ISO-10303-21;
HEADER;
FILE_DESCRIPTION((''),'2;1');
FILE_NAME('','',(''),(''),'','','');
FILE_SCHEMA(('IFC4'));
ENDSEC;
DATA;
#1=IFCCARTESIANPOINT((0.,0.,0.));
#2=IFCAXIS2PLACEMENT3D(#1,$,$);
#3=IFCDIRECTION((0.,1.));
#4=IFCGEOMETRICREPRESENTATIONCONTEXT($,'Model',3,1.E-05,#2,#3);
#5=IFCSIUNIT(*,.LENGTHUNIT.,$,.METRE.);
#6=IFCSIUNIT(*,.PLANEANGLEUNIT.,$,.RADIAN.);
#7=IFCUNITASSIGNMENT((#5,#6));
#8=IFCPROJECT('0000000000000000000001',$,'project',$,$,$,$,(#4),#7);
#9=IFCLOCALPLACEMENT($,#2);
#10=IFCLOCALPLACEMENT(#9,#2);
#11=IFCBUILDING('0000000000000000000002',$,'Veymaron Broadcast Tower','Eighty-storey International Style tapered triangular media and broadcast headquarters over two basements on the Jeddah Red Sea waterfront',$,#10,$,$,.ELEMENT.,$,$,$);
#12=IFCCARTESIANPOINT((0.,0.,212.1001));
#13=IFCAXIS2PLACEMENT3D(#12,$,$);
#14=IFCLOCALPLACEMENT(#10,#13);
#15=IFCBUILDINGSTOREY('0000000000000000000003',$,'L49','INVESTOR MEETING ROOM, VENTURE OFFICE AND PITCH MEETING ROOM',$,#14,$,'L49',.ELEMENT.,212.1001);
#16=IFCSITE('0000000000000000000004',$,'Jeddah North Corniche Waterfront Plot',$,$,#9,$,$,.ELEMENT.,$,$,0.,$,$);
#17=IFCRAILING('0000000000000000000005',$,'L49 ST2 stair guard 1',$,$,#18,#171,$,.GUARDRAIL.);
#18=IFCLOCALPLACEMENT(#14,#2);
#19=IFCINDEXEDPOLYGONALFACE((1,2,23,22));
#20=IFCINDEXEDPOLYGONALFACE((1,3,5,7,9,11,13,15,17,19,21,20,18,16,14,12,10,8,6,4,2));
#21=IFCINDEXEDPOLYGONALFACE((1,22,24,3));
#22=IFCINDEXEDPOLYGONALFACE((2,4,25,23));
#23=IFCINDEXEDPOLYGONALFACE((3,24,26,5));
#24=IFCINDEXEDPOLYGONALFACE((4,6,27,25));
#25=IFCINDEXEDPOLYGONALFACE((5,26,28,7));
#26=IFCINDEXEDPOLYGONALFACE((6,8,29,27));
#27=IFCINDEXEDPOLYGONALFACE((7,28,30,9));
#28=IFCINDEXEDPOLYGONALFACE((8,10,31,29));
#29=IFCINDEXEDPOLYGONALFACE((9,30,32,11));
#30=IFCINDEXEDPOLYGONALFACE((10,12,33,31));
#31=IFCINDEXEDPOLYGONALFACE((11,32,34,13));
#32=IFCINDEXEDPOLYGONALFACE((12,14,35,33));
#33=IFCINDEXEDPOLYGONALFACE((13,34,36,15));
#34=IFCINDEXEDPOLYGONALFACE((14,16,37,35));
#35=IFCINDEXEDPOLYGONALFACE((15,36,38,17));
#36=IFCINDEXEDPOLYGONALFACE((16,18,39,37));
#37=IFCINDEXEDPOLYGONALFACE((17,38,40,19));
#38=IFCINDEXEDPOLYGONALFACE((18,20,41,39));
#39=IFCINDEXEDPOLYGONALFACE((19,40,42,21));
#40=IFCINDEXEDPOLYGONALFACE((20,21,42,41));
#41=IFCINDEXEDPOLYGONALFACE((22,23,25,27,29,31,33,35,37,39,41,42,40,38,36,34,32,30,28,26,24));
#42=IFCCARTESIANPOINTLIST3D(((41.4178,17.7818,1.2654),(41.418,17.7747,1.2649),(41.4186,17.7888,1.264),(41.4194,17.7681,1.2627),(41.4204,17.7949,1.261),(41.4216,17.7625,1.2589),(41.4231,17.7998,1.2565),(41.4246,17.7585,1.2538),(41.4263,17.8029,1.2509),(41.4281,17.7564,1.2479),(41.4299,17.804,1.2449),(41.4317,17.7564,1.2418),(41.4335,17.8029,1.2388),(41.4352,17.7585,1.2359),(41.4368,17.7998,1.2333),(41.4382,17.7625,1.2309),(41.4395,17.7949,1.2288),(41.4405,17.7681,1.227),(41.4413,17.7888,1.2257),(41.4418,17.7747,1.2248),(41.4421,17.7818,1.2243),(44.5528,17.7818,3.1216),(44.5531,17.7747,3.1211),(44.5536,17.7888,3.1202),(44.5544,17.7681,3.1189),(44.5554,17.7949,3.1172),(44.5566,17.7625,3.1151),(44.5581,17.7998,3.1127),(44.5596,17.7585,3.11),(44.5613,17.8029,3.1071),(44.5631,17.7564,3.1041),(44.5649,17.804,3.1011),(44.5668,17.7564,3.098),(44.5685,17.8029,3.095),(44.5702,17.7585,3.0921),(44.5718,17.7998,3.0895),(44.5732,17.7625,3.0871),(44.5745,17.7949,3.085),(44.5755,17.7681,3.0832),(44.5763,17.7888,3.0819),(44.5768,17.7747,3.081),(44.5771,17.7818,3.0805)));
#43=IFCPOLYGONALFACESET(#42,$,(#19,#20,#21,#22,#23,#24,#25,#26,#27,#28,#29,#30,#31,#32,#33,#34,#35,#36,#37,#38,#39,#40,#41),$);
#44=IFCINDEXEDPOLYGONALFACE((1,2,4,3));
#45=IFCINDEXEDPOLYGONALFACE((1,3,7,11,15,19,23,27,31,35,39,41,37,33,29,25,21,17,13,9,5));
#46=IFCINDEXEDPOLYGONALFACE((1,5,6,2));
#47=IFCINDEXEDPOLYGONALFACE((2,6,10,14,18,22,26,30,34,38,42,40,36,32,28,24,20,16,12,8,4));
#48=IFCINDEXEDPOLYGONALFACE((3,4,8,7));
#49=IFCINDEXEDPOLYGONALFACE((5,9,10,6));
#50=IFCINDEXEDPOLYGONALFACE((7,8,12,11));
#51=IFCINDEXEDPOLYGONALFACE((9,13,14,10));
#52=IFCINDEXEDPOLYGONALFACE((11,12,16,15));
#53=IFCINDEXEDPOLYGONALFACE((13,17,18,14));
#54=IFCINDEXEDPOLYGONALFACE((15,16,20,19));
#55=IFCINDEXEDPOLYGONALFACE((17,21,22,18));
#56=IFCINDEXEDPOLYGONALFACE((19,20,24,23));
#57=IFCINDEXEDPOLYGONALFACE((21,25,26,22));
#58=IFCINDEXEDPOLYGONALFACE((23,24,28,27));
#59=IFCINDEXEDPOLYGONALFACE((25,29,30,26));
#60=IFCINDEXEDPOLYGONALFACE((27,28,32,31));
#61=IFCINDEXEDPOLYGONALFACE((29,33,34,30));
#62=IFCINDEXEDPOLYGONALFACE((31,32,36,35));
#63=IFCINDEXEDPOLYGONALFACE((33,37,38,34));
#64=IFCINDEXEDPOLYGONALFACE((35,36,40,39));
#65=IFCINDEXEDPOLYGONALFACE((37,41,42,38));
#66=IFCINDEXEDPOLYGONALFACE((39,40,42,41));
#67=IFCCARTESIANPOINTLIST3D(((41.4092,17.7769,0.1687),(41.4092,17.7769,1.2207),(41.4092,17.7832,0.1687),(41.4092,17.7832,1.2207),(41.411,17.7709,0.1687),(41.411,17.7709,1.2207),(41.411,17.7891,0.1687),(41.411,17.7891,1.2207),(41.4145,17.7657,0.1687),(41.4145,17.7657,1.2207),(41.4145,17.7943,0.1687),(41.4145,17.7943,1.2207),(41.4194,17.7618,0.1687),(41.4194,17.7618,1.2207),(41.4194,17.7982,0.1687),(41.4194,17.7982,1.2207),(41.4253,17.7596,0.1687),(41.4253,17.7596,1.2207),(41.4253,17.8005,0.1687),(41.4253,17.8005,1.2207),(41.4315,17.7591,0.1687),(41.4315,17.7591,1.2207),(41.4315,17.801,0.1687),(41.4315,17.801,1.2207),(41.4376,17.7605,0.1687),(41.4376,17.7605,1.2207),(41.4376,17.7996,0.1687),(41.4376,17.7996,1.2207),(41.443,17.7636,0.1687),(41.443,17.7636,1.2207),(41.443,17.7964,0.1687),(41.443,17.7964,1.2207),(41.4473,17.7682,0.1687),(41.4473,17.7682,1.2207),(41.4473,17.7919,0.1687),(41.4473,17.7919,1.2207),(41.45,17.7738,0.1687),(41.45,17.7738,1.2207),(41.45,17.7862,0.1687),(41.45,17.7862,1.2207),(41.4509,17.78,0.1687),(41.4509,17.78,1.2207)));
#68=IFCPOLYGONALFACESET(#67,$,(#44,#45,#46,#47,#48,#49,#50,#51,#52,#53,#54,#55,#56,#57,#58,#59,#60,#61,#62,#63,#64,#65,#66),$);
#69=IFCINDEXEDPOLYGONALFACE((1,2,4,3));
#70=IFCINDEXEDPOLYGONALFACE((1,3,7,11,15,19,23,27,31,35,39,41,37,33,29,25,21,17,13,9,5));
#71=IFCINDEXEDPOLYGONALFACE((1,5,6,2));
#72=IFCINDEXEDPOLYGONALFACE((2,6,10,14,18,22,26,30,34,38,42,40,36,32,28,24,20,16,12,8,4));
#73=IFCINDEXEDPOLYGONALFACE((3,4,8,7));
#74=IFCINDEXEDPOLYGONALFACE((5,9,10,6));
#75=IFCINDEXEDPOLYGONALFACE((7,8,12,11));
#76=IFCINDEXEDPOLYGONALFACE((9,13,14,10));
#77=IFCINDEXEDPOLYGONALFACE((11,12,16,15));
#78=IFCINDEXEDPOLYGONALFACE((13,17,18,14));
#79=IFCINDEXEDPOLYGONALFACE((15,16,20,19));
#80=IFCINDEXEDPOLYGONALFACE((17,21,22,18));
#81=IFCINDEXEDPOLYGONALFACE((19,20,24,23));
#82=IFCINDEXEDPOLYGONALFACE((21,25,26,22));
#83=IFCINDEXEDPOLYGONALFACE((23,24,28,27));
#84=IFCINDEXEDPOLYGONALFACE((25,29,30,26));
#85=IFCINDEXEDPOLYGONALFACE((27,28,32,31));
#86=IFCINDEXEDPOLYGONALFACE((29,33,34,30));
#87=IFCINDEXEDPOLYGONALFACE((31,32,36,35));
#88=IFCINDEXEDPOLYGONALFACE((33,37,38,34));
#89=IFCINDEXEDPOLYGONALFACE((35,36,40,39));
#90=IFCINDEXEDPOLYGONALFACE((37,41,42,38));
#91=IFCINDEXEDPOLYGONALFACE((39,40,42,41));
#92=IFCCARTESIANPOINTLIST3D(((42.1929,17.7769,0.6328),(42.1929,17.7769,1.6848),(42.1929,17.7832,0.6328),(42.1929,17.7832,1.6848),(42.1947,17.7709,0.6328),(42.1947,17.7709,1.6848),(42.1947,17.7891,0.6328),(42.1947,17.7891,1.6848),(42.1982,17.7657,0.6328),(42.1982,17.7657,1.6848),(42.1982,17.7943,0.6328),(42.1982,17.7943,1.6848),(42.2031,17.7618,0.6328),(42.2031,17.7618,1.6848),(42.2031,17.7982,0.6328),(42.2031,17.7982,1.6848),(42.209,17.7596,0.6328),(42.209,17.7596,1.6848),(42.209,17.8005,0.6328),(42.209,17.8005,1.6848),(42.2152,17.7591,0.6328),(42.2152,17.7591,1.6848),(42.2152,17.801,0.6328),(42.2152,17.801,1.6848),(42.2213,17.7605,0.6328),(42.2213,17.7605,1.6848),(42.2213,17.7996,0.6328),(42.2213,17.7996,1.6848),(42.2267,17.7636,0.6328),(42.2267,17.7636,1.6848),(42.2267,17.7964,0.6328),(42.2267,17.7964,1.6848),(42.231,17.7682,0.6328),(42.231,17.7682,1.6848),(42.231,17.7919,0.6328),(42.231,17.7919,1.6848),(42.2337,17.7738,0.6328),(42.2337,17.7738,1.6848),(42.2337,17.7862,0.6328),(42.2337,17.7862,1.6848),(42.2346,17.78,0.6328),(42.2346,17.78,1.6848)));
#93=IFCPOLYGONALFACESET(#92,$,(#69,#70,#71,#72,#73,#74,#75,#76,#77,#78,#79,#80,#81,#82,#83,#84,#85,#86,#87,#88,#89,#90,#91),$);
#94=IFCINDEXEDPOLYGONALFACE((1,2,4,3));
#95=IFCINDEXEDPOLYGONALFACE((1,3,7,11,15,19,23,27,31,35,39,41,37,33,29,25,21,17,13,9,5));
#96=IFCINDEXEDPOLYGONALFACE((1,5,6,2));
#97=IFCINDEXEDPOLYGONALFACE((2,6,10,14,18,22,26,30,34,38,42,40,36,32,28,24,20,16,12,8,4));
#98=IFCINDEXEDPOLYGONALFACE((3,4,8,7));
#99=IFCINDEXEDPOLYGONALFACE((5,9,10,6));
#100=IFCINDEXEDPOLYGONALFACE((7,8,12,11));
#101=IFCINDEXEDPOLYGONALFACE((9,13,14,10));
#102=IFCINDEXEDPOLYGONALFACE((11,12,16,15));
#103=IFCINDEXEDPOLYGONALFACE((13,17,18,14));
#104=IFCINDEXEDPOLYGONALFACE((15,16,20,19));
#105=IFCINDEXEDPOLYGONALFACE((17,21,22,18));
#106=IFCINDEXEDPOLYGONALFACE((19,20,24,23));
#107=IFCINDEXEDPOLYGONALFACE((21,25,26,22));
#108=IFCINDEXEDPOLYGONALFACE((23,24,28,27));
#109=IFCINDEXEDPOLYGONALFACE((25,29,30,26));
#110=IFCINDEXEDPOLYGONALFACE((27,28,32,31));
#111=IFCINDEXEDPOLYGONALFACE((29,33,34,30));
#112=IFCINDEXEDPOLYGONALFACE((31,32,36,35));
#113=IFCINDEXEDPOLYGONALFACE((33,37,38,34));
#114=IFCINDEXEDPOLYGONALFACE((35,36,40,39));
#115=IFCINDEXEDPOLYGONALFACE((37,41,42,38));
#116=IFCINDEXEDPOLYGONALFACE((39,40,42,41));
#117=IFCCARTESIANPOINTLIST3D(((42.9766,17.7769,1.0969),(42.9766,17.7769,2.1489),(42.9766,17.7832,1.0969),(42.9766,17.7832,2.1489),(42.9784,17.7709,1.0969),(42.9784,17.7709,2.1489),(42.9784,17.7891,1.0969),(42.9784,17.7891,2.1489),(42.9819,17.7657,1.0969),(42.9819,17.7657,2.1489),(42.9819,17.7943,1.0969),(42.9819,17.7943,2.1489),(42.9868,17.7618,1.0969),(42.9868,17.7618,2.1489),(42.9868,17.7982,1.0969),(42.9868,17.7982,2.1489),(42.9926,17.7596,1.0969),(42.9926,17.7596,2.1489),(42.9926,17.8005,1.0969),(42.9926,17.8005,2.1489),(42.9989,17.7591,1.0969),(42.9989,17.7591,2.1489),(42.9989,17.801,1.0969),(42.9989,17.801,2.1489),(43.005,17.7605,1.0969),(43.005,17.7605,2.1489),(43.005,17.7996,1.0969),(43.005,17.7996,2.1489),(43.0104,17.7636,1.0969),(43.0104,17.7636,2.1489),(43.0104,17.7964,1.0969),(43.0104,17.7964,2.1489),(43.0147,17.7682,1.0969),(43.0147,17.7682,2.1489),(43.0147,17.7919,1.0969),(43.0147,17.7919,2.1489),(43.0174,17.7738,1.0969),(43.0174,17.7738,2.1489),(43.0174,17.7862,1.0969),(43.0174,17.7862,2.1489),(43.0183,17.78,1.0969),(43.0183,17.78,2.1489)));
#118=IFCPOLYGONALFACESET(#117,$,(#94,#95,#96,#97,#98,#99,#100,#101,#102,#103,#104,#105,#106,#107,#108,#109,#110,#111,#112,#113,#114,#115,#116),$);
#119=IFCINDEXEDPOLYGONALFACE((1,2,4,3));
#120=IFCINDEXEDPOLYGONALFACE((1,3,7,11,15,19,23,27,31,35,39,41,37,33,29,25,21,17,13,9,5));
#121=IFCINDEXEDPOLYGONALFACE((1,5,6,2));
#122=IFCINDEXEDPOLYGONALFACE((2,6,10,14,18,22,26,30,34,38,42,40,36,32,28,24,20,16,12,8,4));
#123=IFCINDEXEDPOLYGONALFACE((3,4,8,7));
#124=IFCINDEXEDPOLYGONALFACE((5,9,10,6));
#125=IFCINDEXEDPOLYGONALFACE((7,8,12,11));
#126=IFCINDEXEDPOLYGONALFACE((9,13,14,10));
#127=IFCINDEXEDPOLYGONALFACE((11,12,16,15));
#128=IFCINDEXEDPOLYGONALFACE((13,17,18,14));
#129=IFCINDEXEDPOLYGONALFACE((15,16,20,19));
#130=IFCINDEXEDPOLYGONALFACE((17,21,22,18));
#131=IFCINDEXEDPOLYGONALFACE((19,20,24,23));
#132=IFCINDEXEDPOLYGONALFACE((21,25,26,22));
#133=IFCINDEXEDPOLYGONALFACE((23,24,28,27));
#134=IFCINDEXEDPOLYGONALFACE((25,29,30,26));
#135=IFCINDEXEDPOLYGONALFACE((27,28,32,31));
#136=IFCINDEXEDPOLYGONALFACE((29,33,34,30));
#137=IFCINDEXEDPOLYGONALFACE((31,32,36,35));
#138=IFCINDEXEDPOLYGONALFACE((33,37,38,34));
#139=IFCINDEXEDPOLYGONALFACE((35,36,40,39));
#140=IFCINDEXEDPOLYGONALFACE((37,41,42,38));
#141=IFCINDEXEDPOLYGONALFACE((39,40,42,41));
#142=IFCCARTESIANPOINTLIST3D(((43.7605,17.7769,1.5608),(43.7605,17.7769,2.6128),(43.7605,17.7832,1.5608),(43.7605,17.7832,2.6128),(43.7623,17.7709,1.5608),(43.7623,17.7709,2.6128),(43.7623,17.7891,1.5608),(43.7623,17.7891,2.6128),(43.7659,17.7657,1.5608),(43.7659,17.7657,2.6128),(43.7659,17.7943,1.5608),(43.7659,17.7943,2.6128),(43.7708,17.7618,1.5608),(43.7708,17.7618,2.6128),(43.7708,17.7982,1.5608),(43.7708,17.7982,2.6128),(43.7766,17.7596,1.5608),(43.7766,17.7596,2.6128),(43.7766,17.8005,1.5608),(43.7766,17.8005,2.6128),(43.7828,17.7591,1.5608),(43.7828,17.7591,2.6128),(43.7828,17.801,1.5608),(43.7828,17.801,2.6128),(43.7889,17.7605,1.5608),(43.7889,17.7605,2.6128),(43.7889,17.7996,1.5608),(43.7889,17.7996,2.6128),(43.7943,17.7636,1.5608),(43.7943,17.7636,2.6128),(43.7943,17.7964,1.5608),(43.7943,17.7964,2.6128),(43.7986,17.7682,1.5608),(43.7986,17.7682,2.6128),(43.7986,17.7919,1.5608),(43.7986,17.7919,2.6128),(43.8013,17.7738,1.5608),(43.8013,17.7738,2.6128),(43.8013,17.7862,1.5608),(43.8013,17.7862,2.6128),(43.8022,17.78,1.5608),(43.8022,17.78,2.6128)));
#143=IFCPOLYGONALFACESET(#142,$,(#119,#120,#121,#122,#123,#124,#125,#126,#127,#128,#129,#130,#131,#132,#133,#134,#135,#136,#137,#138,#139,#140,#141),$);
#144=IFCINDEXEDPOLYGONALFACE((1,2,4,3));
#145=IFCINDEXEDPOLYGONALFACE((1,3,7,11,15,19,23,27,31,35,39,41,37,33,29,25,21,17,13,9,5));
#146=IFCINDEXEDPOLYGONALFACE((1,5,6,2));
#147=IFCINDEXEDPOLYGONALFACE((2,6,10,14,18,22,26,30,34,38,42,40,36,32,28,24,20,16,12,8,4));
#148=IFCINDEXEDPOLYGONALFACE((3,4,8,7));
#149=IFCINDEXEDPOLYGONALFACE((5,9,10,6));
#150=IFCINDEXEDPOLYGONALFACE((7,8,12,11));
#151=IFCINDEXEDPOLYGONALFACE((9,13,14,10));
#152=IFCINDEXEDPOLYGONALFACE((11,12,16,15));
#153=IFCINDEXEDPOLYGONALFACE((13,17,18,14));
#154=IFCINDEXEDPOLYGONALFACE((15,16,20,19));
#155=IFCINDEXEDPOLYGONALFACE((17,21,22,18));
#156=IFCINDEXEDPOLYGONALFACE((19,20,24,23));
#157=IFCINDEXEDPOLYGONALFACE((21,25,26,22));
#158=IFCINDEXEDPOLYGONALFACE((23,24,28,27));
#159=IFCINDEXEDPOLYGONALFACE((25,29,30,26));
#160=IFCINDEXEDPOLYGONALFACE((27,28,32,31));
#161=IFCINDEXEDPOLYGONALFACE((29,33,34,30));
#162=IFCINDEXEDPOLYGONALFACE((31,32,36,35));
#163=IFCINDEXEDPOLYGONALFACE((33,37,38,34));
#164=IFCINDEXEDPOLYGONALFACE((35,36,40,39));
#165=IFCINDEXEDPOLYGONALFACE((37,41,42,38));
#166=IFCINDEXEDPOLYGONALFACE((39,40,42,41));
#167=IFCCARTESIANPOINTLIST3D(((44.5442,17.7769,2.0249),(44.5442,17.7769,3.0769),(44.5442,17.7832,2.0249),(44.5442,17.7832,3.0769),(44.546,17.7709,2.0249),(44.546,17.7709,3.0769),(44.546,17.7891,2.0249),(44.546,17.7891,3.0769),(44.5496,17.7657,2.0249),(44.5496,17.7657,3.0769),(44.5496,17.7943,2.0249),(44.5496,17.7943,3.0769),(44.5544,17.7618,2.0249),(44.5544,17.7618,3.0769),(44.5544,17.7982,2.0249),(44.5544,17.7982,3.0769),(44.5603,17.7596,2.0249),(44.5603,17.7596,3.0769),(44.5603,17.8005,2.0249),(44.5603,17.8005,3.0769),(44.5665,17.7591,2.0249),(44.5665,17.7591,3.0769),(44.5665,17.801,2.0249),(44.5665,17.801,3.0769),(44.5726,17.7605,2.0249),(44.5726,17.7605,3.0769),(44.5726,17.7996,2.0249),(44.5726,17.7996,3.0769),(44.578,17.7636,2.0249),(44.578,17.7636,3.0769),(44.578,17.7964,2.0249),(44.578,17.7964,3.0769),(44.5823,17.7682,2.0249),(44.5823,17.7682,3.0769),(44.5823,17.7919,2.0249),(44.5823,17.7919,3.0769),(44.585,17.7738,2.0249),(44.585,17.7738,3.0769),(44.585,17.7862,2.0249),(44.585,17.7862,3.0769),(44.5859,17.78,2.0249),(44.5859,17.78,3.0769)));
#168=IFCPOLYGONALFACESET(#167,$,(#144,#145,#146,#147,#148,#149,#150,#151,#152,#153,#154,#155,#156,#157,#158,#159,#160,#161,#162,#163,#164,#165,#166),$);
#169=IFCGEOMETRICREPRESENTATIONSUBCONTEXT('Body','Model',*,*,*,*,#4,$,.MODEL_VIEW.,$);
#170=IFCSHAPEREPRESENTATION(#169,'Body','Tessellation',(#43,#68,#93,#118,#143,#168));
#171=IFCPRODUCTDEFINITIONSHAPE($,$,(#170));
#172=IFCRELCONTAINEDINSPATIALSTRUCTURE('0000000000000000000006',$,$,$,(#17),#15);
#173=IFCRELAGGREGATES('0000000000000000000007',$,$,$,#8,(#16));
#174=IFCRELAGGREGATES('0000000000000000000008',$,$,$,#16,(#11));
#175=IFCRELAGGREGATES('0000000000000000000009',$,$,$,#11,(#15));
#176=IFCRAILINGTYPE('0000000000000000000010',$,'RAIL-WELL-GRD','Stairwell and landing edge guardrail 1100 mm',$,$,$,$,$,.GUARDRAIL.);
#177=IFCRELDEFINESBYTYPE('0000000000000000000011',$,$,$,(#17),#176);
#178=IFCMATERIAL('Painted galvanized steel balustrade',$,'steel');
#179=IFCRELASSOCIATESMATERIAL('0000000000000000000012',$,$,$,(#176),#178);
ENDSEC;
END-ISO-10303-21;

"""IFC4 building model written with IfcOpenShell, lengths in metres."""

from ifc_helpers import new_model, si_unit, direction, frame, origin, origin_2d, place, context, subcontext, project, spatial, circle, extrude, material, type_object, element, save


model = new_model("IFC4")

# Units and contexts
model_context = context("Model", 3, precision=1e-05, world=origin(), true_north=direction((0.0, 1.0)))
body_context = subcontext(model_context, "Body", "Model", "MODEL_VIEW")
ifc_project = project(units=[si_unit("LENGTHUNIT", "METRE"), si_unit("PLANEANGLEUNIT", "RADIAN")], contexts=[model_context])

# Site, building, storey
site_placement = place(None, origin())
site = spatial("IfcSite", under=ifc_project, at=site_placement, Name="Jeddah North Corniche Waterfront Plot", CompositionType="ELEMENT", RefElevation=0.0)
building_placement = place(site_placement, origin())
building = spatial("IfcBuilding", under=site, at=building_placement, Name="Veymaron Broadcast Tower", Description="Eighty-storey International Style tapered triangular media and broadcast headquarters over two basements on the Jeddah Red Sea waterfront", CompositionType="ELEMENT")
storey_placement = place(building_placement, frame((0.0, 0.0, 212.1001)))
storey = spatial("IfcBuildingStorey", under=building, at=storey_placement, Name="L49", Description="INVESTOR MEETING ROOM, VENTURE OFFICE AND PITCH MEETING ROOM", LongName="L49", CompositionType="ELEMENT", Elevation=212.1001)

# Railing
ifc_material_1 = material(Name="Painted galvanized steel balustrade", Category="steel")
railing_type_1 = type_object("IfcRailingType", Name="RAIL-WELL-GRD", Description="Stairwell and landing edge guardrail 1100 mm", PredefinedType="GUARDRAIL", material=ifc_material_1)
railing_1_placement = place(storey_placement, frame((41.4299, 17.78, 0.1687)))
element("IfcRailing", 1, at=railing_1_placement, inside=storey, type_object=railing_type_1, Name="L49 ST2 stair guard 1", PredefinedType="GUARDRAIL", context=body_context, shape_type="SweptSolid", body=[
    extrude(circle(Radius=0.0239, at=origin_2d()), frame((0.0, 0.0, 1.0762), z_axis=(0.860482, 0.0, 0.509481), x_axis=(0.0, 1.0, 0.0)), (0.0, 0.0, 1.0), 3.6433),
    extrude(circle(Radius=0.021, at=origin_2d()), origin(), (0.0, 0.0, 1.0), 1.052),
    extrude(circle(Radius=0.021, at=origin_2d()), frame((0.7837, 0.0, 0.4641)), (0.0, 0.0, 1.0), 1.052),
    extrude(circle(Radius=0.021, at=origin_2d()), frame((1.5674, 0.0, 0.9282)), (0.0, 0.0, 1.0), 1.052),
    extrude(circle(Radius=0.021, at=origin_2d()), frame((2.3513, 0.0, 1.3921)), (0.0, 0.0, 1.0), 1.052),
    extrude(circle(Radius=0.021, at=origin_2d()), frame((3.135, 0.0, 1.8562)), (0.0, 0.0, 1.0), 1.052),
])

save(model, "model.ifc")
